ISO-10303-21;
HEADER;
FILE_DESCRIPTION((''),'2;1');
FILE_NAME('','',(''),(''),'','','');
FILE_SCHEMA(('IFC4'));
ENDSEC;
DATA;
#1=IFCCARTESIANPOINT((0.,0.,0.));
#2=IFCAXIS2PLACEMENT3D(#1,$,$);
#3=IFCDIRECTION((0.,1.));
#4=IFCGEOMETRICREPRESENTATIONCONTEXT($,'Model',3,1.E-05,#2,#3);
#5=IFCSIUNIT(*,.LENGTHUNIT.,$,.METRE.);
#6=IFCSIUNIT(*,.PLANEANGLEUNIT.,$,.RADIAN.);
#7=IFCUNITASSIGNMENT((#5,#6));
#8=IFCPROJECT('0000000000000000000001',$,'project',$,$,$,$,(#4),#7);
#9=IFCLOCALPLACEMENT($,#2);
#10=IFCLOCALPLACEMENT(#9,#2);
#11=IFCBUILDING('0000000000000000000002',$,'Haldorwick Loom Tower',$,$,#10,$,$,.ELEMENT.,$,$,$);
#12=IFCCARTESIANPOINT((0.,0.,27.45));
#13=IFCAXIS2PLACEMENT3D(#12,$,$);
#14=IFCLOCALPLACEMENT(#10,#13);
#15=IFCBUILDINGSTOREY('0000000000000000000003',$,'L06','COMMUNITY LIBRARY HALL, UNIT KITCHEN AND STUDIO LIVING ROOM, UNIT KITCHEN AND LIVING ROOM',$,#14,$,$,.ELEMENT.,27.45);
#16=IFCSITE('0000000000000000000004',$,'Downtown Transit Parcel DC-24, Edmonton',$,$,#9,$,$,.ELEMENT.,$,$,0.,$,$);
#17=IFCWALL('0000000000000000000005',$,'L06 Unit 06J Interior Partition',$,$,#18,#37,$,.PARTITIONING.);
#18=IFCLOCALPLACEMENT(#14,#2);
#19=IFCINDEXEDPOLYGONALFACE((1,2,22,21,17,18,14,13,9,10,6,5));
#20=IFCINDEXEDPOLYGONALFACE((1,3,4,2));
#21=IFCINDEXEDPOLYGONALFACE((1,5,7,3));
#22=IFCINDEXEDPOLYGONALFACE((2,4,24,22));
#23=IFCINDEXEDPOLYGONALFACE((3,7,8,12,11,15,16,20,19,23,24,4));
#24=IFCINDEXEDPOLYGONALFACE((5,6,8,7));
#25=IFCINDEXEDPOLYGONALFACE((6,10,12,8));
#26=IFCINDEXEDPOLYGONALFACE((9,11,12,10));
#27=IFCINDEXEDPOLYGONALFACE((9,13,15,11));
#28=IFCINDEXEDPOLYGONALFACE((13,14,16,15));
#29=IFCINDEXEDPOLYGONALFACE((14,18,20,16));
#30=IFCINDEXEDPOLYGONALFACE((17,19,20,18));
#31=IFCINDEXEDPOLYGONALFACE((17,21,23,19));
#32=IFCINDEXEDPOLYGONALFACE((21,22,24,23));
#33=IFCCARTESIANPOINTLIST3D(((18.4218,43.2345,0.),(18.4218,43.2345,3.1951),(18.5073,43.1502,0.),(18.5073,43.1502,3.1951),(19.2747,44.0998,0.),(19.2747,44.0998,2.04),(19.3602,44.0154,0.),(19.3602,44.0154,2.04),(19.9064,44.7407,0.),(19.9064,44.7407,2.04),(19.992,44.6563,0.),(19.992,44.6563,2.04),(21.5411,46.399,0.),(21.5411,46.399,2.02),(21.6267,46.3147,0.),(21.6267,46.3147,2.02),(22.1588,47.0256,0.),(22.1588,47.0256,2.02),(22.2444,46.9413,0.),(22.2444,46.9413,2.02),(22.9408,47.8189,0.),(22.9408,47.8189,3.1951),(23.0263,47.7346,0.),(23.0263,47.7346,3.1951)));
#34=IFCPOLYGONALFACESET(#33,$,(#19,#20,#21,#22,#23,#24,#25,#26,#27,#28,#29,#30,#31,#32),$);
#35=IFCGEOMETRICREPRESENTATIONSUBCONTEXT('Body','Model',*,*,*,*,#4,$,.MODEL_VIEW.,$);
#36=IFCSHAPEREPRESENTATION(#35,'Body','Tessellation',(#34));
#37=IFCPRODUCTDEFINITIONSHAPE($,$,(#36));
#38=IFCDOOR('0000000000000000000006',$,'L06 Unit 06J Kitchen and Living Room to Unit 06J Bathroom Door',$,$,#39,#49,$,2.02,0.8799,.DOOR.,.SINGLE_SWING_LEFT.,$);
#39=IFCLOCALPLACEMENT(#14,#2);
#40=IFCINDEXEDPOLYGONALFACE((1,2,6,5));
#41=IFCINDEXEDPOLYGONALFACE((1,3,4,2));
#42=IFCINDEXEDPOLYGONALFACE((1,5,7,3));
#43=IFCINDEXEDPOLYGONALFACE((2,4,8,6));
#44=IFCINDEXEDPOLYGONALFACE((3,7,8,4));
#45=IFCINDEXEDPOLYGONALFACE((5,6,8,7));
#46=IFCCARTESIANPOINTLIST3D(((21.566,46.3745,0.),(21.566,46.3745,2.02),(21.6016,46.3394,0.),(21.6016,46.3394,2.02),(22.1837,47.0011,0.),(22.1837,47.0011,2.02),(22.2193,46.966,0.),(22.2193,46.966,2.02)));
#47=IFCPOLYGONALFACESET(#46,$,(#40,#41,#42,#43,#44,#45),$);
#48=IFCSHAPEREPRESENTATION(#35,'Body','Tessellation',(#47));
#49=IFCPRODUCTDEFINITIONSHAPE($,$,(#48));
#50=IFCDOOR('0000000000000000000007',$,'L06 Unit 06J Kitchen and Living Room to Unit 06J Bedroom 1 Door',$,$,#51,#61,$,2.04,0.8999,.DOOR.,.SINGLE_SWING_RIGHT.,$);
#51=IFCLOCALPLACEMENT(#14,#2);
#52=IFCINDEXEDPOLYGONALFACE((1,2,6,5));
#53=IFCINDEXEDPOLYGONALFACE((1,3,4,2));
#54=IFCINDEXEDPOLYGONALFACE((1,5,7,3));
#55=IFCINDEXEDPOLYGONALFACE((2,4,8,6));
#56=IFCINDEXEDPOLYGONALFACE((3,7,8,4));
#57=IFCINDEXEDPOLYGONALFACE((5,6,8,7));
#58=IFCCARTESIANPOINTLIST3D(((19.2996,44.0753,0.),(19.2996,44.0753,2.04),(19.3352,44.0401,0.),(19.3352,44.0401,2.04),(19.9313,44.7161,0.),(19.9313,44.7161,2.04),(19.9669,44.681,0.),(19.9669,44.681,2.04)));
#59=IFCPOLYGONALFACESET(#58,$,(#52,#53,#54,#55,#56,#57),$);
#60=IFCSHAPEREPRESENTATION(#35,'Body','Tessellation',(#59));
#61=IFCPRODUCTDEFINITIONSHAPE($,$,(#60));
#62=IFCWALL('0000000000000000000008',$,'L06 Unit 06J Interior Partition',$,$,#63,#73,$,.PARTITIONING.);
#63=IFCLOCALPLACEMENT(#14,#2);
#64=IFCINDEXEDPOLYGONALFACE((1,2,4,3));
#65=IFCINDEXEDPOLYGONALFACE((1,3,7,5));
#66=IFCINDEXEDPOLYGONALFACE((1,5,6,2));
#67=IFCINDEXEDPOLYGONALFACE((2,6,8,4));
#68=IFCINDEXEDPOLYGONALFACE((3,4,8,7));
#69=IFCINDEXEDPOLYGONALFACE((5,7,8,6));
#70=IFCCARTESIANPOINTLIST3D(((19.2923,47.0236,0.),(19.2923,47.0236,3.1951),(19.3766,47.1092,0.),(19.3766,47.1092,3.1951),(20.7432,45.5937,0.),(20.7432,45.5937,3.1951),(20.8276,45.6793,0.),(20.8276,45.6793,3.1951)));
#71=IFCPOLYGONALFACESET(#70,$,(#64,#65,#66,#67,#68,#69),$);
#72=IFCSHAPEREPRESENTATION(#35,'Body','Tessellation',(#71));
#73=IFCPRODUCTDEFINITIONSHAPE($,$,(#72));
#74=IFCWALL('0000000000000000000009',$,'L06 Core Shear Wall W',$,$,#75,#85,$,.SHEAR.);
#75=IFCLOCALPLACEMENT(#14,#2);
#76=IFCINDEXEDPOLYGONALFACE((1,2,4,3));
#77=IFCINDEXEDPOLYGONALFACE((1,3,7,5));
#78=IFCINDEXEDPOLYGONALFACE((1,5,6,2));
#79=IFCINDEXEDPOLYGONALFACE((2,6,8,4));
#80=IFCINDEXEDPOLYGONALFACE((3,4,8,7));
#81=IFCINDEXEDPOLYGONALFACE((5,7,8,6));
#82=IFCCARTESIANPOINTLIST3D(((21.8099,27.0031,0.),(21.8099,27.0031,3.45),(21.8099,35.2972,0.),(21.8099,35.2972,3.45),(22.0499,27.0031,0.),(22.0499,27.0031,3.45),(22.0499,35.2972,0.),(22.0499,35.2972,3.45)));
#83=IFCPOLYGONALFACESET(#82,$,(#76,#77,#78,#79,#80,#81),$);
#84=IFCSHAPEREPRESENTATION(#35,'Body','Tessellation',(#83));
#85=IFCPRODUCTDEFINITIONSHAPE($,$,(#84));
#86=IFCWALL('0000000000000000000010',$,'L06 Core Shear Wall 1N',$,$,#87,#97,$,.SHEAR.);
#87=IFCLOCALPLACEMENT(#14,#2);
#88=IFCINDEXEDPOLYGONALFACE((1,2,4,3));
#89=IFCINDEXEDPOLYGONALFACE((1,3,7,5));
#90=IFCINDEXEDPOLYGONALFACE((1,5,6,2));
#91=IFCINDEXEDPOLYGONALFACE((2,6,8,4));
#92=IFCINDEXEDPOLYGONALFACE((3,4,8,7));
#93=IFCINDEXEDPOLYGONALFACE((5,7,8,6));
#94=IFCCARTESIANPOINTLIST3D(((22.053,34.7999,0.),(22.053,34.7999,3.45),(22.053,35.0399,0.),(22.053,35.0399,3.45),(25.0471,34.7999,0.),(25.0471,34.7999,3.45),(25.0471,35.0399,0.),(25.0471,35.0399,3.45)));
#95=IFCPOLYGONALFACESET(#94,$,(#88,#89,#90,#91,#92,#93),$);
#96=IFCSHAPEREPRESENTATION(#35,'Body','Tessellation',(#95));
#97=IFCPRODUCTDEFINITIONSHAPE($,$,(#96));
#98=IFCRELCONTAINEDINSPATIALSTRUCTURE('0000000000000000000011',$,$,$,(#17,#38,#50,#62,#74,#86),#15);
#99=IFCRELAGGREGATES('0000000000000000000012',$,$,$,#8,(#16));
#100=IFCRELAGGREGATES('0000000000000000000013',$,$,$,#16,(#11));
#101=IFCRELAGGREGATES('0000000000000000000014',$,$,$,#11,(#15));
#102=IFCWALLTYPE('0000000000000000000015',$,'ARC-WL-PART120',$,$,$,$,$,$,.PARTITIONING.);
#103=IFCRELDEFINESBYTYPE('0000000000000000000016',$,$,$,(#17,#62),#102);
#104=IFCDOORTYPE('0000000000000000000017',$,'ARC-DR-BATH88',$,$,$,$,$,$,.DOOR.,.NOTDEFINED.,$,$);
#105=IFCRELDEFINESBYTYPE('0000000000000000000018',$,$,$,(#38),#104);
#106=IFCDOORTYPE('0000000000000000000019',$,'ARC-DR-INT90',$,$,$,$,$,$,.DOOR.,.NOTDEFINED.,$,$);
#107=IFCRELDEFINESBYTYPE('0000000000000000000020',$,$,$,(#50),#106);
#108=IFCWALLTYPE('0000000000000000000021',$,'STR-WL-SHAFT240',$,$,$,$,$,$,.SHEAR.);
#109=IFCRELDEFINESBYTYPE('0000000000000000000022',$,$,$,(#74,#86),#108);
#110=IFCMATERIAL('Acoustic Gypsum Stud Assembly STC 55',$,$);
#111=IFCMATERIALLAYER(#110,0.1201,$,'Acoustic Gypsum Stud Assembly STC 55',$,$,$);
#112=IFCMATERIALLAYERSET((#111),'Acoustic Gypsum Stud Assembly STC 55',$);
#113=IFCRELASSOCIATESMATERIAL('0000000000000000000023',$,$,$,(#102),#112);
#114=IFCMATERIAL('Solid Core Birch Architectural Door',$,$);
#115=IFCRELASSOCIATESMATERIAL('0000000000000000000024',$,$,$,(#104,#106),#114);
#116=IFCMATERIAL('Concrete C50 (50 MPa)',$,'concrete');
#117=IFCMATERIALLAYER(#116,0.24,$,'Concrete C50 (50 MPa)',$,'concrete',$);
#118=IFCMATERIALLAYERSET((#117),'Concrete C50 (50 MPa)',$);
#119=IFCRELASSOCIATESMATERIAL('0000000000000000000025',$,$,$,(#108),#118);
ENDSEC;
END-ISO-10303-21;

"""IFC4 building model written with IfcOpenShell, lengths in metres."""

from ifc_helpers import new_model, si_unit, direction, frame, frame_2d, origin, place, context, subcontext, project, spatial, rectangle, extrude, material, layer, layer_set, type_object, element, fill, save


model = new_model("IFC4")

# Units and contexts
model_context = context("Model", 3, precision=1e-05, world=origin(), true_north=direction((0.0, 1.0)))
body_context = subcontext(model_context, "Body", "Model", "MODEL_VIEW")
ifc_project = project(units=[si_unit("LENGTHUNIT", "METRE"), si_unit("PLANEANGLEUNIT", "RADIAN")], contexts=[model_context])

# Site, building, storey
site_placement = place(None, origin())
site = spatial("IfcSite", under=ifc_project, at=site_placement, Name="Downtown Transit Parcel DC-24, Edmonton", CompositionType="ELEMENT", RefElevation=0.0)
building_placement = place(site_placement, origin())
building = spatial("IfcBuilding", under=site, at=building_placement, Name="Haldorwick Loom Tower", CompositionType="ELEMENT")
storey_placement = place(building_placement, frame((0.0, 0.0, 27.45)))
storey = spatial("IfcBuildingStorey", under=building, at=storey_placement, Name="L06", Description="COMMUNITY LIBRARY HALL, UNIT KITCHEN AND STUDIO LIVING ROOM, UNIT KITCHEN AND LIVING ROOM", CompositionType="ELEMENT", Elevation=27.45)

# Shared definitions
ifc_material_1 = material(Name="Solid Core Birch Architectural Door")

# Wall, openings, doors
ifc_material_2 = material(Name="Acoustic Gypsum Stud Assembly STC 55")
ifc_layer_1 = layer(ifc_material_2, 0.1201, Name="Acoustic Gypsum Stud Assembly STC 55")
ifc_layer_set_1 = layer_set([ifc_layer_1], Name="Acoustic Gypsum Stud Assembly STC 55")
wall_type_1 = type_object("IfcWallType", Name="ARC-WL-PART120", PredefinedType="PARTITIONING", material=ifc_layer_set_1)
wall_1_placement = place(storey_placement, frame((22.9836, 47.7769, 0.0), z_axis=(0.0, 0.0, 1.0), x_axis=(-0.702006, -0.712171, 0.0)))
wall_1 = element("IfcWall", 1, at=wall_1_placement, inside=storey, type_object=wall_type_1, Name="L06 Unit 06J Interior Partition", PredefinedType="PARTITIONING", context=body_context, shape_type="SweptSolid", body=[
    extrude(rectangle(XDim=6.4373, YDim=0.1201, at=frame_2d((3.2188, 0.0))), origin(), (0.0, 0.0, 1.0), 3.1951),
])
opening_1_placement = place(wall_1_placement, frame((4.3225, 0.0, 0.0)))
opening_1 = element("IfcOpeningElement", 2, at=opening_1_placement, cuts=wall_1, PredefinedType="OPENING", context=body_context, shape_type="SweptSolid", body=[
    extrude(rectangle(XDim=0.8999, YDim=2.04, at=frame_2d((0.45, 1.02))), frame((0.0, 0.0701, 0.0), z_axis=(0.0, -1.0, 0.0), x_axis=(1.0, 0.0, 0.0)), (0.0, 0.0, 1.0), 0.1401),
])
opening_2_placement = place(wall_1_placement, frame((1.114, 0.0, 0.0)))
opening_2 = element("IfcOpeningElement", 3, at=opening_2_placement, cuts=wall_1, PredefinedType="OPENING", context=body_context, shape_type="SweptSolid", body=[
    extrude(rectangle(XDim=0.8799, YDim=2.02, at=frame_2d((0.4399, 1.01))), frame((0.0, 0.0701, 0.0), z_axis=(0.0, -1.0, 0.0), x_axis=(1.0, 0.0, 0.0)), (0.0, 0.0, 1.0), 0.1401),
])
door_type_1 = type_object("IfcDoorType", Name="ARC-DR-BATH88", OperationType="NOTDEFINED", PredefinedType="DOOR", material=ifc_material_1)
door_1_placement = place(opening_2_placement, origin())
door_1 = element("IfcDoor", 4, at=door_1_placement, inside=storey, type_object=door_type_1, Name="L06 Unit 06J Kitchen and Living Room to Unit 06J Bathroom Door", OperationType="SINGLE_SWING_LEFT", OverallHeight=2.02, OverallWidth=0.8799, PredefinedType="DOOR", context=body_context, shape_type="SweptSolid", body=[
    extrude(rectangle(XDim=0.8799, YDim=2.02, at=frame_2d((0.4399, 1.01))), frame((0.0, 0.0249, 0.0), z_axis=(0.0, -1.0, 0.0), x_axis=(1.0, 0.0, 0.0)), (0.0, 0.0, 1.0), 0.05),
])
fill(opening_2, door_1)
door_type_2 = type_object("IfcDoorType", Name="ARC-DR-INT90", OperationType="NOTDEFINED", PredefinedType="DOOR", material=ifc_material_1)
door_2_placement = place(opening_1_placement, origin())
door_2 = element("IfcDoor", 5, at=door_2_placement, inside=storey, type_object=door_type_2, Name="L06 Unit 06J Kitchen and Living Room to Unit 06J Bedroom 1 Door", OperationType="SINGLE_SWING_RIGHT", OverallHeight=2.04, OverallWidth=0.8999, PredefinedType="DOOR", context=body_context, shape_type="SweptSolid", body=[
    extrude(rectangle(XDim=0.8999, YDim=2.04, at=frame_2d((0.45, 1.02))), frame((0.0, 0.0249, 0.0), z_axis=(0.0, -1.0, 0.0), x_axis=(1.0, 0.0, 0.0)), (0.0, 0.0, 1.0), 0.05),
])
fill(opening_1, door_2)

# Walls
wall_2_placement = place(storey_placement, frame((20.7854, 45.6365, 0.0), z_axis=(0.0, 0.0, 1.0), x_axis=(-0.712241, 0.701935, 0.0)))
element("IfcWall", 6, at=wall_2_placement, inside=storey, type_object=wall_type_1, Name="L06 Unit 06J Interior Partition", PredefinedType="PARTITIONING", context=body_context, shape_type="SweptSolid", body=[
    extrude(rectangle(XDim=2.0371, YDim=0.1201, at=frame_2d((1.0186, 0.0))), origin(), (0.0, 0.0, 1.0), 3.1951),
])
ifc_material_3 = material(Name="Concrete C50 (50 MPa)", Category="concrete")
ifc_layer_2 = layer(ifc_material_3, 0.24, Name="Concrete C50 (50 MPa)", Category="concrete")
ifc_layer_set_2 = layer_set([ifc_layer_2], Name="Concrete C50 (50 MPa)")
wall_type_2 = type_object("IfcWallType", Name="STR-WL-SHAFT240", PredefinedType="SHEAR", material=ifc_layer_set_2)
wall_3_placement = place(storey_placement, frame((21.9299, 35.2971, 0.0), z_axis=(0.0, 0.0, 1.0), x_axis=(0.0, -1.0, 0.0)))
element("IfcWall", 7, at=wall_3_placement, inside=storey, type_object=wall_type_2, Name="L06 Core Shear Wall W", PredefinedType="SHEAR", context=body_context, shape_type="SweptSolid", body=[
    extrude(rectangle(XDim=8.2942, YDim=0.24, at=frame_2d((4.147, 0.0))), origin(), (0.0, 0.0, 1.0), 3.45),
])
wall_4_placement = place(storey_placement, frame((22.053, 34.9199, 0.0), z_axis=(0.0, 0.0, 1.0), x_axis=(1.0, 0.0, 0.0)))
element("IfcWall", 8, at=wall_4_placement, inside=storey, type_object=wall_type_2, Name="L06 Core Shear Wall 1N", PredefinedType="SHEAR", context=body_context, shape_type="SweptSolid", body=[
    extrude(rectangle(XDim=2.9941, YDim=0.24, at=frame_2d((1.4971, 0.0))), origin(), (0.0, 0.0, 1.0), 3.45),
])

save(model, "model.ifc")
